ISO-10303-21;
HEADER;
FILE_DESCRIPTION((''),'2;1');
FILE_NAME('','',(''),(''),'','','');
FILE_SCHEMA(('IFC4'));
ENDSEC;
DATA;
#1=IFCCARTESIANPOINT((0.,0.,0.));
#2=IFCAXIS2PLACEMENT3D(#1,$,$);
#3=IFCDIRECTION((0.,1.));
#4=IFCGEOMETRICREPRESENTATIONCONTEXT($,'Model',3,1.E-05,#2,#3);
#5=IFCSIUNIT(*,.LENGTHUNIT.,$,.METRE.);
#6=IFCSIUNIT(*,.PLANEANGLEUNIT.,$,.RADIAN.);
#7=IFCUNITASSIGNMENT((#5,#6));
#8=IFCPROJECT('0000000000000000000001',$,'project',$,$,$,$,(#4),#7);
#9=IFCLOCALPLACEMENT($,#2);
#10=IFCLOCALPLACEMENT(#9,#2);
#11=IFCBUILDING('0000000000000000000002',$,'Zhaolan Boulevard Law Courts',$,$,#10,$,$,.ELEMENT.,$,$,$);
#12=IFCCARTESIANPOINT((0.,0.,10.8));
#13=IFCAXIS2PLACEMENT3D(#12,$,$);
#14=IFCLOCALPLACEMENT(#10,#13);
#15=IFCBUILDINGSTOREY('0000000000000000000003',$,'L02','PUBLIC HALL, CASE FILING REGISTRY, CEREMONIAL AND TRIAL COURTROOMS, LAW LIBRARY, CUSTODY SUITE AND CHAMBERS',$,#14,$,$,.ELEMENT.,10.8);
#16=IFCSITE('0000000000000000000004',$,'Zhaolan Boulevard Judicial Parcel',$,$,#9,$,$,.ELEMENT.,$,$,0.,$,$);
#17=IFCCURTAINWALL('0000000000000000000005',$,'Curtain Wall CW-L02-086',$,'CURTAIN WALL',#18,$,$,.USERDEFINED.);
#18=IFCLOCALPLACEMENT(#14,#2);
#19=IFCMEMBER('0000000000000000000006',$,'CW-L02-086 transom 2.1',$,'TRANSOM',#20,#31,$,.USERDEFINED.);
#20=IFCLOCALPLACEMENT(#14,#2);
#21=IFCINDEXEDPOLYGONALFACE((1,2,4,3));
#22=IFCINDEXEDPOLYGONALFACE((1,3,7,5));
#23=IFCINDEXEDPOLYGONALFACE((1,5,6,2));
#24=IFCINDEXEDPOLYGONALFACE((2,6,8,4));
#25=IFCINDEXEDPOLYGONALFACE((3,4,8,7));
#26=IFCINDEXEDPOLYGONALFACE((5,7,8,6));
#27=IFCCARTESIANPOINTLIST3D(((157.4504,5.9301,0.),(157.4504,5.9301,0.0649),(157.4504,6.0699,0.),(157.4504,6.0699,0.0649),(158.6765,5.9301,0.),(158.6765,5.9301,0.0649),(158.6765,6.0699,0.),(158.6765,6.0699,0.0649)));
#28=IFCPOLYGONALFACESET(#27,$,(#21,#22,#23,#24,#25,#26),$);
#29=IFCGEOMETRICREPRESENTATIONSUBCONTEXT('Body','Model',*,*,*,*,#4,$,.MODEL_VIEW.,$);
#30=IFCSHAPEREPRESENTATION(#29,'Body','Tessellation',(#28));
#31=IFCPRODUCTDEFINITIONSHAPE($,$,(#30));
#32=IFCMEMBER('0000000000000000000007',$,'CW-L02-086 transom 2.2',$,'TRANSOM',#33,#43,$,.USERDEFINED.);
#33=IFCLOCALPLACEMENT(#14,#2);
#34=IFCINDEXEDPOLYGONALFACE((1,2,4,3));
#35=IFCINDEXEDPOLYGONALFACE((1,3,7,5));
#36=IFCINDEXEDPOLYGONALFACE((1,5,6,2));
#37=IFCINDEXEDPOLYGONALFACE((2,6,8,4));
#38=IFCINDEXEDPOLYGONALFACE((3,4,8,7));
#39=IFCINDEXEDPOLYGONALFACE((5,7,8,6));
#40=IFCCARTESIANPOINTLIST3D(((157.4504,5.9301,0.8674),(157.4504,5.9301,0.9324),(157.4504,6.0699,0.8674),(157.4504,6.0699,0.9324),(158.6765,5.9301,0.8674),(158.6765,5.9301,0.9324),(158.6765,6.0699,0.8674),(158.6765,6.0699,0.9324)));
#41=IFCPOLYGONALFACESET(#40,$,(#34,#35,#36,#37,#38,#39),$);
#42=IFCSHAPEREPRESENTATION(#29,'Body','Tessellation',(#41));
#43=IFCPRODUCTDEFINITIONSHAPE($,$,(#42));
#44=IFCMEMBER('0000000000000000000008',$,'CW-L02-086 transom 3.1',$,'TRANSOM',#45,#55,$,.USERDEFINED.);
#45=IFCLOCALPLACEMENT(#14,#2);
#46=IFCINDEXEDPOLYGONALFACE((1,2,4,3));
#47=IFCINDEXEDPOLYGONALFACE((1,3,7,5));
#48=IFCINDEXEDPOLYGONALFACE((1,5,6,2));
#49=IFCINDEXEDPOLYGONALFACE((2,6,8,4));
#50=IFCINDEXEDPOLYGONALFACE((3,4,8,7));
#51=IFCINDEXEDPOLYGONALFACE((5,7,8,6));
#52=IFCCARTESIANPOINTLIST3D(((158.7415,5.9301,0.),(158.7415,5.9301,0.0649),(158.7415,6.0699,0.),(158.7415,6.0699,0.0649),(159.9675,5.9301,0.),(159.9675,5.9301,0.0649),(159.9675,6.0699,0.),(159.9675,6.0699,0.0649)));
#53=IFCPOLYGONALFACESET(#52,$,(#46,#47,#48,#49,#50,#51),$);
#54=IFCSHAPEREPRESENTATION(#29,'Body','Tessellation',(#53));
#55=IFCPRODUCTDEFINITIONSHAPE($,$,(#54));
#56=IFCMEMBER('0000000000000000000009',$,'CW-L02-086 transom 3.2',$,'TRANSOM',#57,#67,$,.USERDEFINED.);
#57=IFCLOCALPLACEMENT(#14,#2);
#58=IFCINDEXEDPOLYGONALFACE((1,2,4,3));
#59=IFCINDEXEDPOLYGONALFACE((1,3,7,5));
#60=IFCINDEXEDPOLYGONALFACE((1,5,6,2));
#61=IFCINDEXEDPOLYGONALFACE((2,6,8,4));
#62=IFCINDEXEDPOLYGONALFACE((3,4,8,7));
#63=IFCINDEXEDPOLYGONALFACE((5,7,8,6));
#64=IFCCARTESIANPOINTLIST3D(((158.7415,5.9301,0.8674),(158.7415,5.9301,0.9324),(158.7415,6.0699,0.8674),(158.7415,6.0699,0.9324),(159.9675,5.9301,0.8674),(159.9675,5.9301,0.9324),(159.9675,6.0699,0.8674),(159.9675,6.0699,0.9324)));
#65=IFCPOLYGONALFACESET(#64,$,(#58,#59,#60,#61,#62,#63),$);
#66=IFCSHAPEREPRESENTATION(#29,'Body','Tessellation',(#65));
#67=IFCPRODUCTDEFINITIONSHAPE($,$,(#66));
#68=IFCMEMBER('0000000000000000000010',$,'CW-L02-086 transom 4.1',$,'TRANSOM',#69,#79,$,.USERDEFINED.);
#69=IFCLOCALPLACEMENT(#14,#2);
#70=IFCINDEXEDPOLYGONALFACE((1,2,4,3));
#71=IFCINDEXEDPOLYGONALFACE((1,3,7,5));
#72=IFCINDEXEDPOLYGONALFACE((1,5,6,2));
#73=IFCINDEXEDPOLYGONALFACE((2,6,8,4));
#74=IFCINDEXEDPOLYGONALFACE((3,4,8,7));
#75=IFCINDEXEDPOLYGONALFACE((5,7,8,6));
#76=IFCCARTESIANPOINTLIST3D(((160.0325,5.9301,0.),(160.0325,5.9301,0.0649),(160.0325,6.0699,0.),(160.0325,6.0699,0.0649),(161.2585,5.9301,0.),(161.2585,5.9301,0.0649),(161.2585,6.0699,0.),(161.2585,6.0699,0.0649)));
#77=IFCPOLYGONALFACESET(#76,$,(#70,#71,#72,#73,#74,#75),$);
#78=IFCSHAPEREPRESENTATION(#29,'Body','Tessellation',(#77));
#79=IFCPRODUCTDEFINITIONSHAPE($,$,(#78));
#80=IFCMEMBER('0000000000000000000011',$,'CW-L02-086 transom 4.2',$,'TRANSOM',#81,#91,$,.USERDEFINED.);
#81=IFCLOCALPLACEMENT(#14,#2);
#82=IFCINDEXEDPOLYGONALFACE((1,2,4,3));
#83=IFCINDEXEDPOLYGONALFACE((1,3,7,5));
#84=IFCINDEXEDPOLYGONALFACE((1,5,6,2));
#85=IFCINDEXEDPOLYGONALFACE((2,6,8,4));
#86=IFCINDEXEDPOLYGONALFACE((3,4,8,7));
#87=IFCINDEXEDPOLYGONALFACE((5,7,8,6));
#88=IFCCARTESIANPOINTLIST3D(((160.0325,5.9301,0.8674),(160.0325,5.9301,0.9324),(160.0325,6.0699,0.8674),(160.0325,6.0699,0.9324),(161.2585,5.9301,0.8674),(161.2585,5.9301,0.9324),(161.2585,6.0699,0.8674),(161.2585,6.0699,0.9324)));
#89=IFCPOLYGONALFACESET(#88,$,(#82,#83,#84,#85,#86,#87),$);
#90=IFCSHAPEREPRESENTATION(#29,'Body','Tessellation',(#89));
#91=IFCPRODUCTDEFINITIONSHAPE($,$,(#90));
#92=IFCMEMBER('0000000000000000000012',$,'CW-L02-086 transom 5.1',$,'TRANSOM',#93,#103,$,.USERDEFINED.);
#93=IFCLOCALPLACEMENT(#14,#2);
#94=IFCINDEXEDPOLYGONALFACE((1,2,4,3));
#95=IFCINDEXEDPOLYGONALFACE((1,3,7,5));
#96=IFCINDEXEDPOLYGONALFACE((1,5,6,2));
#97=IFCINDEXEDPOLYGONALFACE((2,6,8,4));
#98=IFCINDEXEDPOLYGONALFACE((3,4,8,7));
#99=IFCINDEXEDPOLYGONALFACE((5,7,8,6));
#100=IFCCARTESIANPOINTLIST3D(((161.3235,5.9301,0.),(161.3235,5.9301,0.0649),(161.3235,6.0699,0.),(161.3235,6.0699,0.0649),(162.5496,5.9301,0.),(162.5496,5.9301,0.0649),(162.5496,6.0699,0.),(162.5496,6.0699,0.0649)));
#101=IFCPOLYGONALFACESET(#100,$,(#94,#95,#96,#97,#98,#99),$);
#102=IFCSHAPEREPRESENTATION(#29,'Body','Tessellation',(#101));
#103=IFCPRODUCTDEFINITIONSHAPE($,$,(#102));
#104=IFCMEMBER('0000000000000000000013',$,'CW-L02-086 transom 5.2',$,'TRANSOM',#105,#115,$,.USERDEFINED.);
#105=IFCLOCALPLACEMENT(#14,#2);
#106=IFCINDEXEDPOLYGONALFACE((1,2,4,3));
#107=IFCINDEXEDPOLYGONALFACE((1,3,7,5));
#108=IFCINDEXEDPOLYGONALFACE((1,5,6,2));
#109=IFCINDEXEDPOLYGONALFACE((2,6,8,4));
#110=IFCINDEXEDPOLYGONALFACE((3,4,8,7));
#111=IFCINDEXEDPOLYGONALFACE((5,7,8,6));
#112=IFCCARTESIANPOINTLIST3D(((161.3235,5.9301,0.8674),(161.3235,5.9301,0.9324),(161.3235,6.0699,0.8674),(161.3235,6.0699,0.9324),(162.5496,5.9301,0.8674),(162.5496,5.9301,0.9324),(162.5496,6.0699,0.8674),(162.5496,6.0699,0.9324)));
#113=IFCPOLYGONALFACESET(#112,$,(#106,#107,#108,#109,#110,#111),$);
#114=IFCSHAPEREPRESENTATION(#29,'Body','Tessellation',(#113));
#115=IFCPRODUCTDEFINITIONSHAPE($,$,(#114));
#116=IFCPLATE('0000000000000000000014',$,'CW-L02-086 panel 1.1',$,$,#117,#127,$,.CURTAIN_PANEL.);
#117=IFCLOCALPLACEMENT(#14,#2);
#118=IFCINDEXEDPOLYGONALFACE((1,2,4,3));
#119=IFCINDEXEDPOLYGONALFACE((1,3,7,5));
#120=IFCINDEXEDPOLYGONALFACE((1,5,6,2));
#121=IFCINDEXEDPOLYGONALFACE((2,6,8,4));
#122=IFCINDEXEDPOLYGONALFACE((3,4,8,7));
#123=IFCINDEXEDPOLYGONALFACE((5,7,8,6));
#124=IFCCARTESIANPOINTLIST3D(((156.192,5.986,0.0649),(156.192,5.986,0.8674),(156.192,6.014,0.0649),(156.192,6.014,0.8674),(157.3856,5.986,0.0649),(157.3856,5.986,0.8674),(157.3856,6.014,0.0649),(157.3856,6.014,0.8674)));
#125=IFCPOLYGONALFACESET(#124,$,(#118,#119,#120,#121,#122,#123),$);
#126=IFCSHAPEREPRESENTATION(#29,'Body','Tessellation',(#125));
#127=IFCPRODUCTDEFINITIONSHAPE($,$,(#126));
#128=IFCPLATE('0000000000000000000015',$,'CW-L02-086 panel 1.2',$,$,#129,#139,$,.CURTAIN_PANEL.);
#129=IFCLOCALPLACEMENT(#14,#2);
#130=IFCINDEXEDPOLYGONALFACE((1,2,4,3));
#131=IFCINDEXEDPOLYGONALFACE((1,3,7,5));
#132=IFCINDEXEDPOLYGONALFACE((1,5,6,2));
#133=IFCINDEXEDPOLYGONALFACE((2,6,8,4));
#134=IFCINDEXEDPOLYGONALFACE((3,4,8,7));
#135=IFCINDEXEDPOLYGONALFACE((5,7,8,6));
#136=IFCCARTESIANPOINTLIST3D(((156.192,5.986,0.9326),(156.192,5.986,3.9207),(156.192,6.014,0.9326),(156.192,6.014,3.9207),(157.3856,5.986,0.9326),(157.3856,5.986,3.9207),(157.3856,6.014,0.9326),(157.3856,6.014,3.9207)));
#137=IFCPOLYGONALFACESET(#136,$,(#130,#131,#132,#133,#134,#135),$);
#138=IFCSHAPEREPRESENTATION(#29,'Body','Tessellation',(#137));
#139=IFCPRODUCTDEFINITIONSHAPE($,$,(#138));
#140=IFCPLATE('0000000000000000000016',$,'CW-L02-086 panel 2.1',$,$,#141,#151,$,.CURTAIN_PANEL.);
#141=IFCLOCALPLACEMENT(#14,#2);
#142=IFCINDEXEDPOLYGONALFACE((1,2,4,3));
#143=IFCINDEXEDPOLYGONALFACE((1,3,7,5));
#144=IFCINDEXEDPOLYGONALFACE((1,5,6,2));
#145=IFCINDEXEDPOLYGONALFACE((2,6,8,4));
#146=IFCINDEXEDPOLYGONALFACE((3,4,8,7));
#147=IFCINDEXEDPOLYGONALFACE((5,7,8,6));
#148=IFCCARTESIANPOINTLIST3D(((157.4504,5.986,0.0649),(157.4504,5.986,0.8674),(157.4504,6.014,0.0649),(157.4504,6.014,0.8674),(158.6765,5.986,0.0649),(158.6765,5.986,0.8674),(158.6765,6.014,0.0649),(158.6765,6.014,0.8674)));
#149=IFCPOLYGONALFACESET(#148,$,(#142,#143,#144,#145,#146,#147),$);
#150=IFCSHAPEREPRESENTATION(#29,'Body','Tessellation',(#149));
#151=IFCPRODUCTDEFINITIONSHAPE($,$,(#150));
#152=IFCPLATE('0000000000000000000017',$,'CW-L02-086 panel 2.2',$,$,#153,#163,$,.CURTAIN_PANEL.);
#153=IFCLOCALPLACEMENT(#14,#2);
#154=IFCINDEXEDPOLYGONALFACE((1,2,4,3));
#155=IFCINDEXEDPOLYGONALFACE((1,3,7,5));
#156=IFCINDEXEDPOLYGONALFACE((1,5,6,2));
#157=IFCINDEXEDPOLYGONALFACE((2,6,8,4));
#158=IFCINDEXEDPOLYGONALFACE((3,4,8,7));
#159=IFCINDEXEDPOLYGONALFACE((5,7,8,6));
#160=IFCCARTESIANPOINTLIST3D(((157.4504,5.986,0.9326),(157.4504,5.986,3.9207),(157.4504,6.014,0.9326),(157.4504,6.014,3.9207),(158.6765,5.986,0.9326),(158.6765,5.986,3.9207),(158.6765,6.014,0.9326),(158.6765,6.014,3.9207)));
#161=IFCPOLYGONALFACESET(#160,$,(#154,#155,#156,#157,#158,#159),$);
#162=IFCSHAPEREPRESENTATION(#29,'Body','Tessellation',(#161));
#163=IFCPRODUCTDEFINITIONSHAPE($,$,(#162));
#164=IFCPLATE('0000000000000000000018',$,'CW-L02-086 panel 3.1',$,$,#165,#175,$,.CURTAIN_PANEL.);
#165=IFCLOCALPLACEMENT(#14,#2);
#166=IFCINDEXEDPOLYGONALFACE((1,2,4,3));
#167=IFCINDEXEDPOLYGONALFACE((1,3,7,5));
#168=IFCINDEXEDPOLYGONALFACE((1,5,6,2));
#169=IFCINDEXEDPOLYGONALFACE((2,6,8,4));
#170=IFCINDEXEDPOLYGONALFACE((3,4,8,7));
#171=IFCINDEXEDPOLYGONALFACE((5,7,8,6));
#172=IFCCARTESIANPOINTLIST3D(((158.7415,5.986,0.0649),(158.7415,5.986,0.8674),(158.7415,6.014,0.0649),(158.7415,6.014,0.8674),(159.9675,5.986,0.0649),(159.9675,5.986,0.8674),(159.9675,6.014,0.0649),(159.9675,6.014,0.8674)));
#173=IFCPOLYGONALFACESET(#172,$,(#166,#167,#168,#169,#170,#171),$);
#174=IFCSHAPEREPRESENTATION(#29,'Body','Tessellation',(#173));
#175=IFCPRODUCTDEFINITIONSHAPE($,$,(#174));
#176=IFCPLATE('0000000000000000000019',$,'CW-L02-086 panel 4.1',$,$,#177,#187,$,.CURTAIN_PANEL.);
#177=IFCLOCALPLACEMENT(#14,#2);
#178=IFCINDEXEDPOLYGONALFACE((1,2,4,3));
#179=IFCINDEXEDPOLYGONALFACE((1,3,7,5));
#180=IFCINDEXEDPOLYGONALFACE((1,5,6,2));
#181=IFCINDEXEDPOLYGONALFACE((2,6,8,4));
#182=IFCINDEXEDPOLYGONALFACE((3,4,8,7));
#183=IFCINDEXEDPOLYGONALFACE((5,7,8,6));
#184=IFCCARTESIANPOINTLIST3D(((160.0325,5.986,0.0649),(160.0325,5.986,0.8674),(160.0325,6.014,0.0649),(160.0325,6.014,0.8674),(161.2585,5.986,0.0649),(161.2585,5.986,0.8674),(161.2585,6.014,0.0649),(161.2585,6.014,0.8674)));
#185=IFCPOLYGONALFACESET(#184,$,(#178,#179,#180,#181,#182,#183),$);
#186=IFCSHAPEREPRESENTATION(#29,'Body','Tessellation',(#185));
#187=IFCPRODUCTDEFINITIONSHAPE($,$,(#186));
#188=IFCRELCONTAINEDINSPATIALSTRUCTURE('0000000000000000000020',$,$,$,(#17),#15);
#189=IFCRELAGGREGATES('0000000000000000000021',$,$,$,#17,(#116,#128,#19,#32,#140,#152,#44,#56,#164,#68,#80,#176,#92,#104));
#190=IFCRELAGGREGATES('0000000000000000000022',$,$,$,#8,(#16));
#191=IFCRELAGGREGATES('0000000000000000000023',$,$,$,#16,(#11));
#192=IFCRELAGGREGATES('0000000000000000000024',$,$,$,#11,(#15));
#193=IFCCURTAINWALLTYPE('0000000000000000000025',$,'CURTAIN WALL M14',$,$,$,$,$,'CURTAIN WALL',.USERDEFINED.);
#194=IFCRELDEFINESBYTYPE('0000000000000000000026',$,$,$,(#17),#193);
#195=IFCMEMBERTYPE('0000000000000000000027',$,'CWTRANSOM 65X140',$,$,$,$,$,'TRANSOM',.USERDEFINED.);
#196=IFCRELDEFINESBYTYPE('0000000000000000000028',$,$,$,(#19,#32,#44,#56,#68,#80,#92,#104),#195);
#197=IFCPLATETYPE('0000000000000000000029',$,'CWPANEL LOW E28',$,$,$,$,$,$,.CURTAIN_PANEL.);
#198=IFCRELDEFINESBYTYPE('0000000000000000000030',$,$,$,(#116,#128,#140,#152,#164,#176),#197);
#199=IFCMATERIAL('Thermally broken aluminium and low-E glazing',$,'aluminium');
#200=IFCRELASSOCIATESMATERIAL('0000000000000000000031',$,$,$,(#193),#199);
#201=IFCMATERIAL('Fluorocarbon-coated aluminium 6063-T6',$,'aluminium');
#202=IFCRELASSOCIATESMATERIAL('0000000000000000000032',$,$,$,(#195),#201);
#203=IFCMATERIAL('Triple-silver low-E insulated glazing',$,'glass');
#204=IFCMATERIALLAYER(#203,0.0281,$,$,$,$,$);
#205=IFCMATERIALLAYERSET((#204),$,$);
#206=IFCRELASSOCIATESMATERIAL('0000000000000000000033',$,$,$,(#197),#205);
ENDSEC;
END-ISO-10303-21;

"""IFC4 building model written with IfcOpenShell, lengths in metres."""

from ifc_helpers import new_model, si_unit, direction, frame, origin, origin_2d, place, context, subcontext, project, spatial, rectangle, extrude, material, layer, layer_set, material_profile, profile_set, type_object, element, aggregate, save


model = new_model("IFC4")

# Units and contexts
model_context = context("Model", 3, precision=1e-05, world=origin(), true_north=direction((0.0, 1.0)))
body_context = subcontext(model_context, "Body", "Model", "MODEL_VIEW")
ifc_project = project(units=[si_unit("LENGTHUNIT", "METRE"), si_unit("PLANEANGLEUNIT", "RADIAN")], contexts=[model_context])

# Site, building, storey
site_placement = place(None, origin())
site = spatial("IfcSite", under=ifc_project, at=site_placement, Name="Zhaolan Boulevard Judicial Parcel", CompositionType="ELEMENT", RefElevation=0.0)
building_placement = place(site_placement, origin())
building = spatial("IfcBuilding", under=site, at=building_placement, Name="Zhaolan Boulevard Law Courts", CompositionType="ELEMENT")
storey_placement = place(building_placement, frame((0.0, 0.0, 10.8)))
storey = spatial("IfcBuildingStorey", under=building, at=storey_placement, Name="L02", Description="PUBLIC HALL, CASE FILING REGISTRY, CEREMONIAL AND TRIAL COURTROOMS, LAW LIBRARY, CUSTODY SUITE AND CHAMBERS", CompositionType="ELEMENT", Elevation=10.8)

# Curtain wall, members, plates
ifc_material_1 = material(Name="Thermally broken aluminium and low-E glazing", Category="aluminium")
curtain_wall_type = type_object("IfcCurtainWallType", Name="CURTAIN WALL M14", ElementType="CURTAIN WALL", PredefinedType="USERDEFINED", material=ifc_material_1)
curtain_wall_placement = place(storey_placement, origin())
curtain_wall = element("IfcCurtainWall", 1, at=curtain_wall_placement, inside=storey, type_object=curtain_wall_type, Name="Curtain Wall CW-L02-086", ObjectType="CURTAIN WALL", PredefinedType="USERDEFINED")
ifc_material_2 = material(Name="Fluorocarbon-coated aluminium 6063-T6", Category="aluminium")
ifc_material_profile_1 = material_profile(ifc_material_2, rectangle(XDim=0.1399, YDim=0.0649, at=origin_2d()), Name="AL65x140")
ifc_profile_set_1 = profile_set([ifc_material_profile_1], Name="Fluorocarbon-coated aluminium 6063-T6")
member_type_1 = type_object("IfcMemberType", Name="CWTRANSOM 65X140", ElementType="TRANSOM", PredefinedType="USERDEFINED", material=ifc_profile_set_1)
member_1_placement = place(storey_placement, frame((157.4504, 6.0, 0.0325), z_axis=(1.0, 0.0, 0.0), x_axis=(0.0, 1.0, 0.0)))
member_1 = element("IfcMember", 2, at=member_1_placement, type_object=member_type_1, Name="CW-L02-086 transom 2.1", ObjectType="TRANSOM", PredefinedType="USERDEFINED", context=body_context, shape_type="SweptSolid", body=[
    extrude(rectangle(XDim=0.1399, YDim=0.0649, at=origin_2d()), origin(), (0.0, 0.0, 1.0), 1.2261),
])
member_2_placement = place(storey_placement, frame((157.4504, 6.0, 0.8999), z_axis=(1.0, 0.0, 0.0), x_axis=(0.0, 1.0, 0.0)))
member_2 = element("IfcMember", 3, at=member_2_placement, type_object=member_type_1, Name="CW-L02-086 transom 2.2", ObjectType="TRANSOM", PredefinedType="USERDEFINED", context=body_context, shape_type="SweptSolid", body=[
    extrude(rectangle(XDim=0.1399, YDim=0.0649, at=origin_2d()), origin(), (0.0, 0.0, 1.0), 1.2261),
])
member_3_placement = place(storey_placement, frame((158.7415, 6.0, 0.0325), z_axis=(1.0, 0.0, 0.0), x_axis=(0.0, 1.0, 0.0)))
member_3 = element("IfcMember", 4, at=member_3_placement, type_object=member_type_1, Name="CW-L02-086 transom 3.1", ObjectType="TRANSOM", PredefinedType="USERDEFINED", context=body_context, shape_type="SweptSolid", body=[
    extrude(rectangle(XDim=0.1399, YDim=0.0649, at=origin_2d()), origin(), (0.0, 0.0, 1.0), 1.2261),
])
member_4_placement = place(storey_placement, frame((158.7415, 6.0, 0.8999), z_axis=(1.0, 0.0, 0.0), x_axis=(0.0, 1.0, 0.0)))
member_4 = element("IfcMember", 5, at=member_4_placement, type_object=member_type_1, Name="CW-L02-086 transom 3.2", ObjectType="TRANSOM", PredefinedType="USERDEFINED", context=body_context, shape_type="SweptSolid", body=[
    extrude(rectangle(XDim=0.1399, YDim=0.0649, at=origin_2d()), origin(), (0.0, 0.0, 1.0), 1.2261),
])
member_5_placement = place(storey_placement, frame((160.0325, 6.0, 0.0325), z_axis=(1.0, 0.0, 0.0), x_axis=(0.0, 1.0, 0.0)))
member_5 = element("IfcMember", 6, at=member_5_placement, type_object=member_type_1, Name="CW-L02-086 transom 4.1", ObjectType="TRANSOM", PredefinedType="USERDEFINED", context=body_context, shape_type="SweptSolid", body=[
    extrude(rectangle(XDim=0.1399, YDim=0.0649, at=origin_2d()), origin(), (0.0, 0.0, 1.0), 1.2261),
])
member_6_placement = place(storey_placement, frame((160.0325, 6.0, 0.8999), z_axis=(1.0, 0.0, 0.0), x_axis=(0.0, 1.0, 0.0)))
member_6 = element("IfcMember", 7, at=member_6_placement, type_object=member_type_1, Name="CW-L02-086 transom 4.2", ObjectType="TRANSOM", PredefinedType="USERDEFINED", context=body_context, shape_type="SweptSolid", body=[
    extrude(rectangle(XDim=0.1399, YDim=0.0649, at=origin_2d()), origin(), (0.0, 0.0, 1.0), 1.2261),
])
member_7_placement = place(storey_placement, frame((161.3235, 6.0, 0.0325), z_axis=(1.0, 0.0, 0.0), x_axis=(0.0, 1.0, 0.0)))
member_7 = element("IfcMember", 8, at=member_7_placement, type_object=member_type_1, Name="CW-L02-086 transom 5.1", ObjectType="TRANSOM", PredefinedType="USERDEFINED", context=body_context, shape_type="SweptSolid", body=[
    extrude(rectangle(XDim=0.1399, YDim=0.0649, at=origin_2d()), origin(), (0.0, 0.0, 1.0), 1.2261),
])
member_8_placement = place(storey_placement, frame((161.3235, 6.0, 0.8999), z_axis=(1.0, 0.0, 0.0), x_axis=(0.0, 1.0, 0.0)))
member_8 = element("IfcMember", 9, at=member_8_placement, type_object=member_type_1, Name="CW-L02-086 transom 5.2", ObjectType="TRANSOM", PredefinedType="USERDEFINED", context=body_context, shape_type="SweptSolid", body=[
    extrude(rectangle(XDim=0.1399, YDim=0.0649, at=origin_2d()), origin(), (0.0, 0.0, 1.0), 1.2261),
])
ifc_material_3 = material(Name="Triple-silver low-E insulated glazing", Category="glass")
ifc_layer = layer(ifc_material_3, 0.0281)
ifc_layer_set = layer_set([ifc_layer])
plate_type = type_object("IfcPlateType", Name="CWPANEL LOW E28", PredefinedType="CURTAIN_PANEL", material=ifc_layer_set)
plate_1_placement = place(storey_placement, frame((156.7888, 6.0, 0.0649), z_axis=(0.0, 0.0, 1.0), x_axis=(1.0, 0.0, 0.0)))
plate_1 = element("IfcPlate", 10, at=plate_1_placement, type_object=plate_type, Name="CW-L02-086 panel 1.1", PredefinedType="CURTAIN_PANEL", context=body_context, shape_type="SweptSolid", body=[
    extrude(rectangle(XDim=1.1936, YDim=0.0281, at=origin_2d()), origin(), (0.0, 0.0, 1.0), 0.8025),
])
plate_2_placement = place(storey_placement, frame((156.7888, 6.0, 0.9326), z_axis=(0.0, 0.0, 1.0), x_axis=(1.0, 0.0, 0.0)))
plate_2 = element("IfcPlate", 11, at=plate_2_placement, type_object=plate_type, Name="CW-L02-086 panel 1.2", PredefinedType="CURTAIN_PANEL", context=body_context, shape_type="SweptSolid", body=[
    extrude(rectangle(XDim=1.1936, YDim=0.0281, at=origin_2d()), origin(), (0.0, 0.0, 1.0), 2.988),
])
plate_3_placement = place(storey_placement, frame((158.0635, 6.0, 0.0649), z_axis=(0.0, 0.0, 1.0), x_axis=(1.0, 0.0, 0.0)))
plate_3 = element("IfcPlate", 12, at=plate_3_placement, type_object=plate_type, Name="CW-L02-086 panel 2.1", PredefinedType="CURTAIN_PANEL", context=body_context, shape_type="SweptSolid", body=[
    extrude(rectangle(XDim=1.2261, YDim=0.0281, at=origin_2d()), origin(), (0.0, 0.0, 1.0), 0.8025),
])
plate_4_placement = place(storey_placement, frame((158.0635, 6.0, 0.9326), z_axis=(0.0, 0.0, 1.0), x_axis=(1.0, 0.0, 0.0)))
plate_4 = element("IfcPlate", 13, at=plate_4_placement, type_object=plate_type, Name="CW-L02-086 panel 2.2", PredefinedType="CURTAIN_PANEL", context=body_context, shape_type="SweptSolid", body=[
    extrude(rectangle(XDim=1.2261, YDim=0.0281, at=origin_2d()), origin(), (0.0, 0.0, 1.0), 2.988),
])
plate_5_placement = place(storey_placement, frame((159.3545, 6.0, 0.0649), z_axis=(0.0, 0.0, 1.0), x_axis=(1.0, 0.0, 0.0)))
plate_5 = element("IfcPlate", 14, at=plate_5_placement, type_object=plate_type, Name="CW-L02-086 panel 3.1", PredefinedType="CURTAIN_PANEL", context=body_context, shape_type="SweptSolid", body=[
    extrude(rectangle(XDim=1.2261, YDim=0.0281, at=origin_2d()), origin(), (0.0, 0.0, 1.0), 0.8025),
])
plate_6_placement = place(storey_placement, frame((160.6455, 6.0, 0.0649), z_axis=(0.0, 0.0, 1.0), x_axis=(1.0, 0.0, 0.0)))
plate_6 = element("IfcPlate", 15, at=plate_6_placement, type_object=plate_type, Name="CW-L02-086 panel 4.1", PredefinedType="CURTAIN_PANEL", context=body_context, shape_type="SweptSolid", body=[
    extrude(rectangle(XDim=1.2261, YDim=0.0281, at=origin_2d()), origin(), (0.0, 0.0, 1.0), 0.8025),
])
aggregate(curtain_wall, [plate_1, plate_2, member_1, member_2, plate_3, plate_4, member_3, member_4, plate_5, member_5, member_6, plate_6, member_7, member_8])

save(model, "model.ifc")
